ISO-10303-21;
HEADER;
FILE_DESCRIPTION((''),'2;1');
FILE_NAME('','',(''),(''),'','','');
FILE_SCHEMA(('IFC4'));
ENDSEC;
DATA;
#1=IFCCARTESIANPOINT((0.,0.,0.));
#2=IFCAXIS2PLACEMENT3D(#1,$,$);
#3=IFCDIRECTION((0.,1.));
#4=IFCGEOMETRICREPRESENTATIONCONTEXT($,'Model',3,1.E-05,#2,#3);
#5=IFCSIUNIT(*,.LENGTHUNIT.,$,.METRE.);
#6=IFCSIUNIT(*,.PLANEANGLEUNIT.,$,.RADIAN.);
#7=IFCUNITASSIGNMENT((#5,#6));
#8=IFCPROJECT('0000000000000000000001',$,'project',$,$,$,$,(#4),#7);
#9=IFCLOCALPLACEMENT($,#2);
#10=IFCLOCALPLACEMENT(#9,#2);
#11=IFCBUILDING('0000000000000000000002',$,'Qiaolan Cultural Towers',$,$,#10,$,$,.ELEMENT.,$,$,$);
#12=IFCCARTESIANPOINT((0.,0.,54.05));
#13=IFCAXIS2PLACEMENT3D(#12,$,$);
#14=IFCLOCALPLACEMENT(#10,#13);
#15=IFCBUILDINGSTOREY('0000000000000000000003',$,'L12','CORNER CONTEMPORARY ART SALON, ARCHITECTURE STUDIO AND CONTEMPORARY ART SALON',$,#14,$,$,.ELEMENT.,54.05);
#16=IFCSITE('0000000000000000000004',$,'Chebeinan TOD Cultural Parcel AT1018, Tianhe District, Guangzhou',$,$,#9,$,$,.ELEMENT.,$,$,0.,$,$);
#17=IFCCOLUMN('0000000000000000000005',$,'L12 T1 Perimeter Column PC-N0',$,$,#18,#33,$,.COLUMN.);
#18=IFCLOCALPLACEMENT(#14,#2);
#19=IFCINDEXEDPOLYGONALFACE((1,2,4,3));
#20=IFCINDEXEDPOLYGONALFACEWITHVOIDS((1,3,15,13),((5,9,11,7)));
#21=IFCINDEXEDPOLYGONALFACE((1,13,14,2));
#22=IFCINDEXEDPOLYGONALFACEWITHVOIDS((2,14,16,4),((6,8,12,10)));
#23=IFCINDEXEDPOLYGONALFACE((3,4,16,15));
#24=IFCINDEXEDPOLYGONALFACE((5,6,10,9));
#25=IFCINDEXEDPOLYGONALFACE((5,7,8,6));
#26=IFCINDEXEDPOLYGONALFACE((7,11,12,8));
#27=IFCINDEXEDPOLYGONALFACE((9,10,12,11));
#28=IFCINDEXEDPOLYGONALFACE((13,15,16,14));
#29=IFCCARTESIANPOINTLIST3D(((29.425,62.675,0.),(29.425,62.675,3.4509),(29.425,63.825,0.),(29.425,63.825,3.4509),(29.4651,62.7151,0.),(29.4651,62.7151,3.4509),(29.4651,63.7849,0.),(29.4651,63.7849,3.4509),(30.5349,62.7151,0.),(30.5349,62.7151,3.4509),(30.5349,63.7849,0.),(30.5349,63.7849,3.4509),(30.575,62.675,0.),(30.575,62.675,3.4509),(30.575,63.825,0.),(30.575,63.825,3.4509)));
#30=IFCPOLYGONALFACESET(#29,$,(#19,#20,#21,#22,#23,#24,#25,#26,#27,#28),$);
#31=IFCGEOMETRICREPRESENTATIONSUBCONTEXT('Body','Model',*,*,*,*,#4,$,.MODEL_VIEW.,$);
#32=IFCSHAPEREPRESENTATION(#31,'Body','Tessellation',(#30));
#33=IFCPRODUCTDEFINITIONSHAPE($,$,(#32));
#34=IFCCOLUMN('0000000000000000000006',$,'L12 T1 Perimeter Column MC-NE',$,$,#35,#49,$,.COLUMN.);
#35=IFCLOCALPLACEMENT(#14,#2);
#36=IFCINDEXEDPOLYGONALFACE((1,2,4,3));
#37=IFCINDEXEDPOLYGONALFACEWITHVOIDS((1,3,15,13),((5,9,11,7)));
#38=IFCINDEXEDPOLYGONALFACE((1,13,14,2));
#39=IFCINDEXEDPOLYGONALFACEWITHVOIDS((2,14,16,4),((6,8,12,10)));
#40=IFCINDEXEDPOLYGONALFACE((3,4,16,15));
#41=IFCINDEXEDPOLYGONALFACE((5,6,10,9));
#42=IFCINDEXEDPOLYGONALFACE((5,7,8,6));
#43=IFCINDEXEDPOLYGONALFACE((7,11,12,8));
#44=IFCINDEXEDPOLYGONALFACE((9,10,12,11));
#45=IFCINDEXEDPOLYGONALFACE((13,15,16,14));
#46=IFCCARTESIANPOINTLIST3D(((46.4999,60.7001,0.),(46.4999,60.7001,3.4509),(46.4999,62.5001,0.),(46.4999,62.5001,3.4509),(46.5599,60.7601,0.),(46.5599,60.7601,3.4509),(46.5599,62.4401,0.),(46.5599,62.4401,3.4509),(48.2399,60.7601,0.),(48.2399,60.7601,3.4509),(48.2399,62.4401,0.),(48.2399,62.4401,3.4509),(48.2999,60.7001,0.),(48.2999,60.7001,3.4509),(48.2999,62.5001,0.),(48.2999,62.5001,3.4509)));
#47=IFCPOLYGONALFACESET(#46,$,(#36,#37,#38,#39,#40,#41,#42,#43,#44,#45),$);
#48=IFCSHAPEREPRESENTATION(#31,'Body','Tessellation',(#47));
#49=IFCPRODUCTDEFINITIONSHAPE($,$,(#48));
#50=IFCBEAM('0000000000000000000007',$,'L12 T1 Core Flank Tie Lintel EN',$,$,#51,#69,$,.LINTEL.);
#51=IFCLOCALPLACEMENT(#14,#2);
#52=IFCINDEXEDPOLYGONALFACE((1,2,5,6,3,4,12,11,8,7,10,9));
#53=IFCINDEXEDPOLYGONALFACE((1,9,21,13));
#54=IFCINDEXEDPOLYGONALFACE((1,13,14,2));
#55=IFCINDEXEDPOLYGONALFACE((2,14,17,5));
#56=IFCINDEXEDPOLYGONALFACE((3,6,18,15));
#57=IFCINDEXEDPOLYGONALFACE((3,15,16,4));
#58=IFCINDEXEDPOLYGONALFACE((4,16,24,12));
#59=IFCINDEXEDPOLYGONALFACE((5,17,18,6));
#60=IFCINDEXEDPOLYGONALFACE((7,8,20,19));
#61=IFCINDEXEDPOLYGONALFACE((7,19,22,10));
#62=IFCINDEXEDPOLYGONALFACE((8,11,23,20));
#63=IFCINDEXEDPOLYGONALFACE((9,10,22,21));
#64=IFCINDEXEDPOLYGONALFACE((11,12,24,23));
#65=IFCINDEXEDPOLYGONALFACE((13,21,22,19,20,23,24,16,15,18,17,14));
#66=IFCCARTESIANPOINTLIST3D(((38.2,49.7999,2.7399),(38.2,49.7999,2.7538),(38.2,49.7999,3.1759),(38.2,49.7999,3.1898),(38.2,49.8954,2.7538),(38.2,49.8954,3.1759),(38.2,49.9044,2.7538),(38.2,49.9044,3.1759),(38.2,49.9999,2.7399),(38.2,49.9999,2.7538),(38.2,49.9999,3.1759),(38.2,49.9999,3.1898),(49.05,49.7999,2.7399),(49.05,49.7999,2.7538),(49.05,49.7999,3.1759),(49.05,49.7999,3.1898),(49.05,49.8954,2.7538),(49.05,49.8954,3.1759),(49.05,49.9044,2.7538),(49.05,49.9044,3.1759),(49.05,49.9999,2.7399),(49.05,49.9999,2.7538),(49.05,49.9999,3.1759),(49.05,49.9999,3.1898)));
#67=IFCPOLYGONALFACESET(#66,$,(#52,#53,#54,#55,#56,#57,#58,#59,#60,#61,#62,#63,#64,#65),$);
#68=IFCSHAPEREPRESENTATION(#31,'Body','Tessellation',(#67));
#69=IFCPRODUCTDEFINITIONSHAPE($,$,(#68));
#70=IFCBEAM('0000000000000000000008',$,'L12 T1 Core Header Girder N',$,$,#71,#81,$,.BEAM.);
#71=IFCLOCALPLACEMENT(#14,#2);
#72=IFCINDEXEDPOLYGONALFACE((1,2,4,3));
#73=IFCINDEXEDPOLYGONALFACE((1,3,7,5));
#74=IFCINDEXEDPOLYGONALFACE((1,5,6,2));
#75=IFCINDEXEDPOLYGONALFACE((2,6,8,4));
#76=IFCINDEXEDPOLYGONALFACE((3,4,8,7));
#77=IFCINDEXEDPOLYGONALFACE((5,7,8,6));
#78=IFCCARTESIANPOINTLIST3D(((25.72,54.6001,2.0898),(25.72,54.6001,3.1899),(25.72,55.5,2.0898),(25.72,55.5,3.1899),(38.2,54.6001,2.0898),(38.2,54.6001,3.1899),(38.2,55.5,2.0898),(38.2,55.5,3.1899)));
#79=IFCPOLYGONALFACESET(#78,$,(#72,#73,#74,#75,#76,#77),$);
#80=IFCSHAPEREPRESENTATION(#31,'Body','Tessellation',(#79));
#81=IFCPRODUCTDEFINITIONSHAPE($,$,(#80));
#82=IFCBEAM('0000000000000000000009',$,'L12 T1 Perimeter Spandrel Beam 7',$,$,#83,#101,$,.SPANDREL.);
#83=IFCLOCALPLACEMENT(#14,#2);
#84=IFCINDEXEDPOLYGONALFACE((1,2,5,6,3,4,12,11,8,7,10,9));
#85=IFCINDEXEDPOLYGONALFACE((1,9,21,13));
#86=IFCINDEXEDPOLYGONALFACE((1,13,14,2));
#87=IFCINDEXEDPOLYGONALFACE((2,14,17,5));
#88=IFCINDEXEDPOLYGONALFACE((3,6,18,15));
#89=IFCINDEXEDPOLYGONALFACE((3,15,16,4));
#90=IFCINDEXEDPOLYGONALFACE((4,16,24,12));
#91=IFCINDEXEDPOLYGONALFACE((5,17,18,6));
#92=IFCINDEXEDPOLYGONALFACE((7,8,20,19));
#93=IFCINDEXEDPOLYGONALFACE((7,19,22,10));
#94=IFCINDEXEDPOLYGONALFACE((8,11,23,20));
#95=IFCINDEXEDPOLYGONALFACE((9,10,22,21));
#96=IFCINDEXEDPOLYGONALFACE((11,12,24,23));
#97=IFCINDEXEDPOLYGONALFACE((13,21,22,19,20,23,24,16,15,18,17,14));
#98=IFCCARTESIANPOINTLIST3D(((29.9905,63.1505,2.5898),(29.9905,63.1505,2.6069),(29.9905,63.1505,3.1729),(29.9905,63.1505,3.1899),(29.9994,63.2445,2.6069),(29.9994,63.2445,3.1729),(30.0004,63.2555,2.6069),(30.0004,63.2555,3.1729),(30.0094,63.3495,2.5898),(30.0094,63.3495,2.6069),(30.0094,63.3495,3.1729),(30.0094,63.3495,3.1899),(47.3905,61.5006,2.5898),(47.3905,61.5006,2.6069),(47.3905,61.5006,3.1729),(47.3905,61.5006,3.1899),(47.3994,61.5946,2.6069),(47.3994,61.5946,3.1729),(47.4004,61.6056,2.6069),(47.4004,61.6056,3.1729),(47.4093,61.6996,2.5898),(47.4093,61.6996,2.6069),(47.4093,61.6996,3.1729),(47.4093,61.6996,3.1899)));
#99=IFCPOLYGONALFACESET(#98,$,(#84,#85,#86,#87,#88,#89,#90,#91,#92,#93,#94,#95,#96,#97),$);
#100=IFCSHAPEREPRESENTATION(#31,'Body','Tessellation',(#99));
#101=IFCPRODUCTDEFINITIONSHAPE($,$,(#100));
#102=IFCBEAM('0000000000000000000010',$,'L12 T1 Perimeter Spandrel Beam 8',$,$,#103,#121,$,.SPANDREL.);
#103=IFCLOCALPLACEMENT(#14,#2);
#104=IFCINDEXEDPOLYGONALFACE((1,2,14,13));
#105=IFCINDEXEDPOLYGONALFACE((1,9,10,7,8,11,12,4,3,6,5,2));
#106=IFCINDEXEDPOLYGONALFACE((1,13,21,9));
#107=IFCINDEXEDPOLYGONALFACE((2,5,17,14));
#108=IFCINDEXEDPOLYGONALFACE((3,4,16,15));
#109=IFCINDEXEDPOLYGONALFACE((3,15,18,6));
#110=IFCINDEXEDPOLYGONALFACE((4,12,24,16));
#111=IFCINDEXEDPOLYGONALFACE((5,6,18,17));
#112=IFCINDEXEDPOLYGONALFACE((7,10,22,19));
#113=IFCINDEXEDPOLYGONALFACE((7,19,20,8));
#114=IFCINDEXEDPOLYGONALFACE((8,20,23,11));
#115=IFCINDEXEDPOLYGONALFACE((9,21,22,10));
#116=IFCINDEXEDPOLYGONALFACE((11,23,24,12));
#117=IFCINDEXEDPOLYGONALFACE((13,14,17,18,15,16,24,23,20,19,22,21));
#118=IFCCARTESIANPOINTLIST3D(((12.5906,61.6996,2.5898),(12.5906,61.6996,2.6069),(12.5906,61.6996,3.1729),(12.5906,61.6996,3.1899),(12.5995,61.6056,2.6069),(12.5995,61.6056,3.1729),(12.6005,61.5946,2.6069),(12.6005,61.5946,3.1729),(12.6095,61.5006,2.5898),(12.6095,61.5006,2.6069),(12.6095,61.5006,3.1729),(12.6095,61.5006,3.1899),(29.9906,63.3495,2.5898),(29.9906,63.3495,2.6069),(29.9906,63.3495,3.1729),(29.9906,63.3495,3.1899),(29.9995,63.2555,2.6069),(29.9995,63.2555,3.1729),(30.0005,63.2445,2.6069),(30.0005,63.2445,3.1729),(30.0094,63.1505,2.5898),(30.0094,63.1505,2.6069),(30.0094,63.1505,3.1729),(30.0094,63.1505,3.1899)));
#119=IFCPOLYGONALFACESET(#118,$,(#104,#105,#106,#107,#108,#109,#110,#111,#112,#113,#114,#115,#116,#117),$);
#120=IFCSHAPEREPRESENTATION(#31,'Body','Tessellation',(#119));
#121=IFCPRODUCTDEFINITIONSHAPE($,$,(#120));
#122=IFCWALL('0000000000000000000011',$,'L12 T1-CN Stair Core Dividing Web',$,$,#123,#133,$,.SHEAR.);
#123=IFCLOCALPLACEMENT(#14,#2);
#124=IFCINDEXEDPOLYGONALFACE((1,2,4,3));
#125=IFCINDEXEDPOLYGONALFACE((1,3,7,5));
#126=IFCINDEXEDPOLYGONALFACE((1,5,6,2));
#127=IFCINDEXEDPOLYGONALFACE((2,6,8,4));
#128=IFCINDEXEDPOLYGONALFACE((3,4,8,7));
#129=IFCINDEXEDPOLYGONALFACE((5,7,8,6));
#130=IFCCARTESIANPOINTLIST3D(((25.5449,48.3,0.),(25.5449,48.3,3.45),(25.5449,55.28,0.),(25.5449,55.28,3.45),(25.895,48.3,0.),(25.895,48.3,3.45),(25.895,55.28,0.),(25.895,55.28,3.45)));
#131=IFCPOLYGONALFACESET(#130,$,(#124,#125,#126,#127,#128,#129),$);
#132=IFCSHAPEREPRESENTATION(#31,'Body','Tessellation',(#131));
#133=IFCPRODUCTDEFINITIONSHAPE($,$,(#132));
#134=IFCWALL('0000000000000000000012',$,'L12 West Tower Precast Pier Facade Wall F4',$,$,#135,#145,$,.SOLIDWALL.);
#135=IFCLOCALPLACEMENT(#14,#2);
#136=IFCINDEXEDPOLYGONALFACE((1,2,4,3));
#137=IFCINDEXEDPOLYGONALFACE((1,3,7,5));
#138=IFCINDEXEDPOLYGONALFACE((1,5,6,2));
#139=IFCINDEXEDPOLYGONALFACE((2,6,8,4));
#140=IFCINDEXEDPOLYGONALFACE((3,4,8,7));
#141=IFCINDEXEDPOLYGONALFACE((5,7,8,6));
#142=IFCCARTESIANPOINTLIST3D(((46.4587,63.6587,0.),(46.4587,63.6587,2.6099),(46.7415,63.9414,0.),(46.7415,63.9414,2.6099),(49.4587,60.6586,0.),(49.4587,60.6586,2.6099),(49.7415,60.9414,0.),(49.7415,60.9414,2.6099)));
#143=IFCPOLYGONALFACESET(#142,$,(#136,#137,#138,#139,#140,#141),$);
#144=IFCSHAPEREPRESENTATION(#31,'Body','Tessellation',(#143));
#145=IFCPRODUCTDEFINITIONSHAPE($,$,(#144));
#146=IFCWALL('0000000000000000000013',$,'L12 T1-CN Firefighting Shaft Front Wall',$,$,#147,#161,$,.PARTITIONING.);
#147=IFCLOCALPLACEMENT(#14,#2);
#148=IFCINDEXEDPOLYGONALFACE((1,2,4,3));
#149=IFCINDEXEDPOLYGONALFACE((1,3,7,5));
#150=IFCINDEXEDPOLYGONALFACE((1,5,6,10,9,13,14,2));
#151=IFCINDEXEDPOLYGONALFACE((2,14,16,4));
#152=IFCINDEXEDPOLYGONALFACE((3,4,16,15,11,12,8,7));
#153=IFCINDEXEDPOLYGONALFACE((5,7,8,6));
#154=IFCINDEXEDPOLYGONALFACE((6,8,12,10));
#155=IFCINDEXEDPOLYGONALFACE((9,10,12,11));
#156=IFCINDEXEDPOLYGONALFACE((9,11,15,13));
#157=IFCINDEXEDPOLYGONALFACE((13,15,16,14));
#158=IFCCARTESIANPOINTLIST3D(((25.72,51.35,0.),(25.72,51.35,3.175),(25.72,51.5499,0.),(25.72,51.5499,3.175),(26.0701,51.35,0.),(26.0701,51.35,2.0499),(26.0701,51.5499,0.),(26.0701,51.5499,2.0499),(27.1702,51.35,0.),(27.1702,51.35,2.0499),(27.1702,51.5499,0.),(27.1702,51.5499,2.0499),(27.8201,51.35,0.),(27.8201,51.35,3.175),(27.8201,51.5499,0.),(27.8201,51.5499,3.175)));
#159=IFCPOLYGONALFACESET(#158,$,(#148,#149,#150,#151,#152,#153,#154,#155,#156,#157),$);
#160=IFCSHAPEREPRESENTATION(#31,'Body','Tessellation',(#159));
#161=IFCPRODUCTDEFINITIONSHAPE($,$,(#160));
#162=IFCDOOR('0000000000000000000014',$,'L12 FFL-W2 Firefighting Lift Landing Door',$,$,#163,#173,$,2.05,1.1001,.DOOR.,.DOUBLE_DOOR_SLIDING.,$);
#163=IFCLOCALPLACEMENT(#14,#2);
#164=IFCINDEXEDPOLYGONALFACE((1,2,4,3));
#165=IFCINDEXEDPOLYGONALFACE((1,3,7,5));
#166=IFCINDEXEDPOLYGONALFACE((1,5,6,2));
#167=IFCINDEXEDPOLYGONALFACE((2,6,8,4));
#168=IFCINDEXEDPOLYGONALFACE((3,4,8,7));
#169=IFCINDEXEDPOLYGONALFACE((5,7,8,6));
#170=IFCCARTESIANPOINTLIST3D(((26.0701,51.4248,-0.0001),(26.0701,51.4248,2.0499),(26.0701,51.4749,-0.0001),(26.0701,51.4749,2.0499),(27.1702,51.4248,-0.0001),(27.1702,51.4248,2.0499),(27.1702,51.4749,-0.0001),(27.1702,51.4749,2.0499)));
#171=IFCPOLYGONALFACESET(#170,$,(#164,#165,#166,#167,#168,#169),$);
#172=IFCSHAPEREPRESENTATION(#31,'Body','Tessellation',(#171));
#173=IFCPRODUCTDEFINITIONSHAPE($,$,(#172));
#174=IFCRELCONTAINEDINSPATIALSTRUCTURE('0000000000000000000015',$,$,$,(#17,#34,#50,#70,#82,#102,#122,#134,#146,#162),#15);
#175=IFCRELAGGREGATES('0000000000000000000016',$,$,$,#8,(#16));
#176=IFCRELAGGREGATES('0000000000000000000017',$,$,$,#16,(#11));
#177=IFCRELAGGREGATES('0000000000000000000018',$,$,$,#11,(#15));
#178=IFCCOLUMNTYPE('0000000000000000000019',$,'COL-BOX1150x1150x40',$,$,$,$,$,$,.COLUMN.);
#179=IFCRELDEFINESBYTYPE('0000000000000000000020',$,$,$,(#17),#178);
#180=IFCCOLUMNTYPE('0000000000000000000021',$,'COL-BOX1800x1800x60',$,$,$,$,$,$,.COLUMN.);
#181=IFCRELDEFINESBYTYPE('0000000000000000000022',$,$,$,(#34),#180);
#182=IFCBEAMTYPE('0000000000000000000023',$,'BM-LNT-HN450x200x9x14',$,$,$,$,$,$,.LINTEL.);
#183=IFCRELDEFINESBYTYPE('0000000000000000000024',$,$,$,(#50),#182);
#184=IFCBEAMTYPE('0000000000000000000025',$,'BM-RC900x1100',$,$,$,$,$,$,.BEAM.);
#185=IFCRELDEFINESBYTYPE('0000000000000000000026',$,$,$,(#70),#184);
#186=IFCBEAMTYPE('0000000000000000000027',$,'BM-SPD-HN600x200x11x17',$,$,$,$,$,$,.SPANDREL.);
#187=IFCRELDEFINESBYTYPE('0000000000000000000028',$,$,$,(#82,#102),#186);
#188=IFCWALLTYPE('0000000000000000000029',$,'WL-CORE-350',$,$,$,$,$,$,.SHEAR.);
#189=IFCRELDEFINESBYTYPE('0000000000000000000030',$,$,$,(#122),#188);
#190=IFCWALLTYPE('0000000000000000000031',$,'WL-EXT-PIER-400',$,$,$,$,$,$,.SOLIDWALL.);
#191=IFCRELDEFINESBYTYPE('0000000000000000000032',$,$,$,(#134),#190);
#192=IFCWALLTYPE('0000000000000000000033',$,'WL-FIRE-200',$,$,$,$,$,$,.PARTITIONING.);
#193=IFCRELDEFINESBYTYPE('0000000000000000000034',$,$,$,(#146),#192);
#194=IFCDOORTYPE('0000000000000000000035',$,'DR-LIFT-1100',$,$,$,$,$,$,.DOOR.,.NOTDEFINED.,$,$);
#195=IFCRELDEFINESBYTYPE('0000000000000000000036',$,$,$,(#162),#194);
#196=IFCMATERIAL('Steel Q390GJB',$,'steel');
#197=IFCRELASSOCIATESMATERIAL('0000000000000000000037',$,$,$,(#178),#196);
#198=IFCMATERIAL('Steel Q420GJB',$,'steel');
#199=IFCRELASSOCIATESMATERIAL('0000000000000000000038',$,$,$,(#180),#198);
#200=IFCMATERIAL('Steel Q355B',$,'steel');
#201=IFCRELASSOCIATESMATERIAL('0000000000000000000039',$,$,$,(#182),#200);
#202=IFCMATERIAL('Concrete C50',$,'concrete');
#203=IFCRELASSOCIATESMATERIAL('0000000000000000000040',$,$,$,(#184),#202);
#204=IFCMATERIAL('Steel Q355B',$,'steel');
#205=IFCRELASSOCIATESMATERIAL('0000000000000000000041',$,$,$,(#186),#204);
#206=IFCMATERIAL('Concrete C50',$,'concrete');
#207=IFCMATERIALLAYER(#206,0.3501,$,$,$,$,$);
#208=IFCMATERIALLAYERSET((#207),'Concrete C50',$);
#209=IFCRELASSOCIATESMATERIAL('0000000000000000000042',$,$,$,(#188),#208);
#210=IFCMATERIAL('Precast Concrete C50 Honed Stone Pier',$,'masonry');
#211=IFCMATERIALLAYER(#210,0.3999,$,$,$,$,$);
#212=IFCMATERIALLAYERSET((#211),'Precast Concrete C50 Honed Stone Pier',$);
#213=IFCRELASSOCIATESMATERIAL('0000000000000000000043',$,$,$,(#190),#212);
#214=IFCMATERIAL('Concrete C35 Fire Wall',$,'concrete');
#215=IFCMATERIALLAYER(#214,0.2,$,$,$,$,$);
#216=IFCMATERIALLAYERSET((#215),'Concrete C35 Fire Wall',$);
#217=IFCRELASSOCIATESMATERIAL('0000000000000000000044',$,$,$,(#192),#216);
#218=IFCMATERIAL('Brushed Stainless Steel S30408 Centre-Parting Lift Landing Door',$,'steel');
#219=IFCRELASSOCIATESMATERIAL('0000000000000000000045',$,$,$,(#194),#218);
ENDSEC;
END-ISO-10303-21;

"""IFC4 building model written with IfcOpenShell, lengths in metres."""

from ifc_helpers import new_model, si_unit, direction, frame, frame_2d, origin, origin_2d, place, context, subcontext, project, spatial, rectangle, hollow_rectangle, i_section, extrude, material, layer, layer_set, material_profile, profile_set, type_object, element, fill, save


model = new_model("IFC4")

# Units and contexts
model_context = context("Model", 3, precision=1e-05, world=origin(), true_north=direction((0.0, 1.0)))
body_context = subcontext(model_context, "Body", "Model", "MODEL_VIEW")
ifc_project = project(units=[si_unit("LENGTHUNIT", "METRE"), si_unit("PLANEANGLEUNIT", "RADIAN")], contexts=[model_context])

# Site, building, storey
site_placement = place(None, origin())
site = spatial("IfcSite", under=ifc_project, at=site_placement, Name="Chebeinan TOD Cultural Parcel AT1018, Tianhe District, Guangzhou", CompositionType="ELEMENT", RefElevation=0.0)
building_placement = place(site_placement, origin())
building = spatial("IfcBuilding", under=site, at=building_placement, Name="Qiaolan Cultural Towers", CompositionType="ELEMENT")
storey_placement = place(building_placement, frame((0.0, 0.0, 54.05)))
storey = spatial("IfcBuildingStorey", under=building, at=storey_placement, Name="L12", Description="CORNER CONTEMPORARY ART SALON, ARCHITECTURE STUDIO AND CONTEMPORARY ART SALON", CompositionType="ELEMENT", Elevation=54.05)

# Columns
ifc_material_1 = material(Name="Steel Q390GJB", Category="steel")
ifc_material_profile_1 = material_profile(ifc_material_1, hollow_rectangle(XDim=1.1499, YDim=1.1499, WallThickness=0.04, at=origin_2d()), Name="BOX1150x1150x40")
ifc_profile_set_1 = profile_set([ifc_material_profile_1], Name="Steel Q390GJB")
column_type_1 = type_object("IfcColumnType", Name="COL-BOX1150x1150x40", PredefinedType="COLUMN", material=ifc_profile_set_1)
column_1_placement = place(storey_placement, frame((30.0, 63.25, 0.0), z_axis=(0.0, 0.0, 1.0), x_axis=(1.0, 0.0, 0.0)))
element("IfcColumn", 1, at=column_1_placement, inside=storey, type_object=column_type_1, Name="L12 T1 Perimeter Column PC-N0", PredefinedType="COLUMN", context=body_context, shape_type="SweptSolid", body=[
    extrude(hollow_rectangle(XDim=1.1499, YDim=1.1499, WallThickness=0.04, at=origin_2d()), origin(), (0.0, 0.0, 1.0), 3.4509),
])
ifc_material_2 = material(Name="Steel Q420GJB", Category="steel")
ifc_material_profile_2 = material_profile(ifc_material_2, hollow_rectangle(XDim=1.8, YDim=1.8, WallThickness=0.0601, at=origin_2d()), Name="BOX1800x1800x60")
ifc_profile_set_2 = profile_set([ifc_material_profile_2], Name="Steel Q420GJB")
column_type_2 = type_object("IfcColumnType", Name="COL-BOX1800x1800x60", PredefinedType="COLUMN", material=ifc_profile_set_2)
column_2_placement = place(storey_placement, frame((47.3999, 61.6001, 0.0), z_axis=(0.0, 0.0, 1.0), x_axis=(1.0, 0.0, 0.0)))
element("IfcColumn", 2, at=column_2_placement, inside=storey, type_object=column_type_2, Name="L12 T1 Perimeter Column MC-NE", PredefinedType="COLUMN", context=body_context, shape_type="SweptSolid", body=[
    extrude(hollow_rectangle(XDim=1.8, YDim=1.8, WallThickness=0.0601, at=origin_2d()), origin(), (0.0, 0.0, 1.0), 3.4509),
])

# Beams
ifc_material_3 = material(Name="Steel Q355B", Category="steel")
ifc_material_profile_3 = material_profile(ifc_material_3, i_section(OverallWidth=0.2, OverallDepth=0.45, WebThickness=0.009, FlangeThickness=0.0139, at=origin_2d()), Name="HN450x200x9x14")
ifc_profile_set_3 = profile_set([ifc_material_profile_3], Name="Steel Q355B")
beam_type_1 = type_object("IfcBeamType", Name="BM-LNT-HN450x200x9x14", PredefinedType="LINTEL", material=ifc_profile_set_3)
beam_1_placement = place(storey_placement, frame((38.2, 49.8999, 2.9648), z_axis=(1.0, 0.0, 0.0), x_axis=(0.0, 1.0, 0.0)))
element("IfcBeam", 3, at=beam_1_placement, inside=storey, type_object=beam_type_1, Name="L12 T1 Core Flank Tie Lintel EN", PredefinedType="LINTEL", context=body_context, shape_type="SweptSolid", body=[
    extrude(i_section(OverallWidth=0.2, OverallDepth=0.45, WebThickness=0.009, FlangeThickness=0.0139, at=origin_2d()), origin(), (0.0, 0.0, 1.0), 10.8501),
])
ifc_material_4 = material(Name="Concrete C50", Category="concrete")
ifc_material_profile_4 = material_profile(ifc_material_4, rectangle(XDim=0.8999, YDim=1.1001, at=origin_2d()), Name="RC900x1100")
ifc_profile_set_4 = profile_set([ifc_material_profile_4], Name="Concrete C50")
beam_type_2 = type_object("IfcBeamType", Name="BM-RC900x1100", PredefinedType="BEAM", material=ifc_profile_set_4)
beam_2_placement = place(storey_placement, frame((25.72, 55.05, 2.6399), z_axis=(1.0, 0.0, 0.0), x_axis=(0.0, 1.0, 0.0)))
element("IfcBeam", 4, at=beam_2_placement, inside=storey, type_object=beam_type_2, Name="L12 T1 Core Header Girder N", PredefinedType="BEAM", context=body_context, shape_type="SweptSolid", body=[
    extrude(rectangle(XDim=0.8999, YDim=1.1001, at=origin_2d()), origin(), (0.0, 0.0, 1.0), 12.48),
])
ifc_material_5 = material(Name="Steel Q355B", Category="steel")
ifc_material_profile_5 = material_profile(ifc_material_5, i_section(OverallWidth=0.2, OverallDepth=0.6001, WebThickness=0.011, FlangeThickness=0.0171, at=origin_2d()), Name="HN600x200x11x17")
ifc_profile_set_5 = profile_set([ifc_material_profile_5], Name="Steel Q355B")
beam_type_3 = type_object("IfcBeamType", Name="BM-SPD-HN600x200x11x17", PredefinedType="SPANDREL", material=ifc_profile_set_5)
for number, where, z_axis, x_axis, name in (
    (5, (47.3999, 61.6001, 2.8899), (-0.995534, 0.094399, 0.0), (-0.094399, -0.995534, 0.0), "L12 T1 Perimeter Spandrel Beam 7"),
    (6, (30.0, 63.25, 2.8899), (-0.995534, -0.094399, 0.0), (0.094399, -0.995534, 0.0), "L12 T1 Perimeter Spandrel Beam 8"),
):
    element("IfcBeam", number, at=place(storey_placement, frame(where, z_axis=z_axis, x_axis=x_axis)), inside=storey, type_object=beam_type_3, Name=name, PredefinedType="SPANDREL", context=body_context, shape_type="SweptSolid", body=[
        extrude(i_section(OverallWidth=0.2, OverallDepth=0.6001, WebThickness=0.011, FlangeThickness=0.0171, at=origin_2d()), origin(), (0.0, 0.0, 1.0), 17.478),
    ])

# Walls
ifc_material_6 = material(Name="Concrete C50", Category="concrete")
ifc_layer_1 = layer(ifc_material_6, 0.3501)
ifc_layer_set_1 = layer_set([ifc_layer_1], Name="Concrete C50")
wall_type_1 = type_object("IfcWallType", Name="WL-CORE-350", PredefinedType="SHEAR", material=ifc_layer_set_1)
wall_1_placement = place(storey_placement, frame((25.72, 48.3, 0.0), z_axis=(0.0, 0.0, 1.0), x_axis=(0.0, 1.0, 0.0)))
element("IfcWall", 7, at=wall_1_placement, inside=storey, type_object=wall_type_1, Name="L12 T1-CN Stair Core Dividing Web", PredefinedType="SHEAR", context=body_context, shape_type="SweptSolid", body=[
    extrude(rectangle(XDim=6.98, YDim=0.3501, at=frame_2d((3.49, 0.0))), origin(), (0.0, 0.0, 1.0), 3.45),
])
ifc_material_7 = material(Name="Precast Concrete C50 Honed Stone Pier", Category="masonry")
ifc_layer_2 = layer(ifc_material_7, 0.3999)
ifc_layer_set_2 = layer_set([ifc_layer_2], Name="Precast Concrete C50 Honed Stone Pier")
wall_type_2 = type_object("IfcWallType", Name="WL-EXT-PIER-400", PredefinedType="SOLIDWALL", material=ifc_layer_set_2)
wall_2_placement = place(storey_placement, frame((46.6001, 63.8, 0.0), z_axis=(0.0, 0.0, 1.0), x_axis=(0.707107, -0.707107, 0.0)))
element("IfcWall", 8, at=wall_2_placement, inside=storey, type_object=wall_type_2, Name="L12 West Tower Precast Pier Facade Wall F4", PredefinedType="SOLIDWALL", context=body_context, shape_type="SweptSolid", body=[
    extrude(rectangle(XDim=4.2427, YDim=0.3999, at=frame_2d((2.1213, 0.0))), origin(), (0.0, 0.0, 1.0), 2.6099),
])

# Wall, opening, door
ifc_material_8 = material(Name="Concrete C35 Fire Wall", Category="concrete")
ifc_layer_3 = layer(ifc_material_8, 0.2)
ifc_layer_set_3 = layer_set([ifc_layer_3], Name="Concrete C35 Fire Wall")
wall_type_3 = type_object("IfcWallType", Name="WL-FIRE-200", PredefinedType="PARTITIONING", material=ifc_layer_set_3)
wall_3_placement = place(storey_placement, frame((25.72, 51.45, 0.0), z_axis=(0.0, 0.0, 1.0), x_axis=(1.0, 0.0, 0.0)))
wall_3 = element("IfcWall", 9, at=wall_3_placement, inside=storey, type_object=wall_type_3, Name="L12 T1-CN Firefighting Shaft Front Wall", PredefinedType="PARTITIONING", context=body_context, shape_type="SweptSolid", body=[
    extrude(rectangle(XDim=2.1001, YDim=0.2, at=frame_2d((1.05, 0.0))), origin(), (0.0, 0.0, 1.0), 3.175),
])
opening_1_placement = place(wall_3_placement, frame((0.3501, 0.0, 0.0)))
opening_1 = element("IfcOpeningElement", 10, at=opening_1_placement, cuts=wall_3, PredefinedType="OPENING", context=body_context, shape_type="SweptSolid", body=[
    extrude(rectangle(XDim=1.1001, YDim=2.05, at=frame_2d((0.55, 1.0249))), frame((0.0, 0.1099, 0.0), z_axis=(0.0, -1.0, 0.0), x_axis=(1.0, 0.0, 0.0)), (0.0, 0.0, 1.0), 0.22),
])
ifc_material_9 = material(Name="Brushed Stainless Steel S30408 Centre-Parting Lift Landing Door", Category="steel")
door_type_1 = type_object("IfcDoorType", Name="DR-LIFT-1100", OperationType="NOTDEFINED", PredefinedType="DOOR", material=ifc_material_9)
door_1_placement = place(opening_1_placement, origin())
door_1 = element("IfcDoor", 11, at=door_1_placement, inside=storey, type_object=door_type_1, Name="L12 FFL-W2 Firefighting Lift Landing Door", OperationType="DOUBLE_DOOR_SLIDING", OverallHeight=2.05, OverallWidth=1.1001, PredefinedType="DOOR", context=body_context, shape_type="SweptSolid", body=[
    extrude(rectangle(XDim=1.1001, YDim=2.05, at=frame_2d((0.55, 1.0249))), frame((0.0, 0.0249, 0.0), z_axis=(0.0, -1.0, 0.0), x_axis=(1.0, 0.0, 0.0)), (0.0, 0.0, 1.0), 0.05),
])
fill(opening_1, door_1)

save(model, "model.ifc")
